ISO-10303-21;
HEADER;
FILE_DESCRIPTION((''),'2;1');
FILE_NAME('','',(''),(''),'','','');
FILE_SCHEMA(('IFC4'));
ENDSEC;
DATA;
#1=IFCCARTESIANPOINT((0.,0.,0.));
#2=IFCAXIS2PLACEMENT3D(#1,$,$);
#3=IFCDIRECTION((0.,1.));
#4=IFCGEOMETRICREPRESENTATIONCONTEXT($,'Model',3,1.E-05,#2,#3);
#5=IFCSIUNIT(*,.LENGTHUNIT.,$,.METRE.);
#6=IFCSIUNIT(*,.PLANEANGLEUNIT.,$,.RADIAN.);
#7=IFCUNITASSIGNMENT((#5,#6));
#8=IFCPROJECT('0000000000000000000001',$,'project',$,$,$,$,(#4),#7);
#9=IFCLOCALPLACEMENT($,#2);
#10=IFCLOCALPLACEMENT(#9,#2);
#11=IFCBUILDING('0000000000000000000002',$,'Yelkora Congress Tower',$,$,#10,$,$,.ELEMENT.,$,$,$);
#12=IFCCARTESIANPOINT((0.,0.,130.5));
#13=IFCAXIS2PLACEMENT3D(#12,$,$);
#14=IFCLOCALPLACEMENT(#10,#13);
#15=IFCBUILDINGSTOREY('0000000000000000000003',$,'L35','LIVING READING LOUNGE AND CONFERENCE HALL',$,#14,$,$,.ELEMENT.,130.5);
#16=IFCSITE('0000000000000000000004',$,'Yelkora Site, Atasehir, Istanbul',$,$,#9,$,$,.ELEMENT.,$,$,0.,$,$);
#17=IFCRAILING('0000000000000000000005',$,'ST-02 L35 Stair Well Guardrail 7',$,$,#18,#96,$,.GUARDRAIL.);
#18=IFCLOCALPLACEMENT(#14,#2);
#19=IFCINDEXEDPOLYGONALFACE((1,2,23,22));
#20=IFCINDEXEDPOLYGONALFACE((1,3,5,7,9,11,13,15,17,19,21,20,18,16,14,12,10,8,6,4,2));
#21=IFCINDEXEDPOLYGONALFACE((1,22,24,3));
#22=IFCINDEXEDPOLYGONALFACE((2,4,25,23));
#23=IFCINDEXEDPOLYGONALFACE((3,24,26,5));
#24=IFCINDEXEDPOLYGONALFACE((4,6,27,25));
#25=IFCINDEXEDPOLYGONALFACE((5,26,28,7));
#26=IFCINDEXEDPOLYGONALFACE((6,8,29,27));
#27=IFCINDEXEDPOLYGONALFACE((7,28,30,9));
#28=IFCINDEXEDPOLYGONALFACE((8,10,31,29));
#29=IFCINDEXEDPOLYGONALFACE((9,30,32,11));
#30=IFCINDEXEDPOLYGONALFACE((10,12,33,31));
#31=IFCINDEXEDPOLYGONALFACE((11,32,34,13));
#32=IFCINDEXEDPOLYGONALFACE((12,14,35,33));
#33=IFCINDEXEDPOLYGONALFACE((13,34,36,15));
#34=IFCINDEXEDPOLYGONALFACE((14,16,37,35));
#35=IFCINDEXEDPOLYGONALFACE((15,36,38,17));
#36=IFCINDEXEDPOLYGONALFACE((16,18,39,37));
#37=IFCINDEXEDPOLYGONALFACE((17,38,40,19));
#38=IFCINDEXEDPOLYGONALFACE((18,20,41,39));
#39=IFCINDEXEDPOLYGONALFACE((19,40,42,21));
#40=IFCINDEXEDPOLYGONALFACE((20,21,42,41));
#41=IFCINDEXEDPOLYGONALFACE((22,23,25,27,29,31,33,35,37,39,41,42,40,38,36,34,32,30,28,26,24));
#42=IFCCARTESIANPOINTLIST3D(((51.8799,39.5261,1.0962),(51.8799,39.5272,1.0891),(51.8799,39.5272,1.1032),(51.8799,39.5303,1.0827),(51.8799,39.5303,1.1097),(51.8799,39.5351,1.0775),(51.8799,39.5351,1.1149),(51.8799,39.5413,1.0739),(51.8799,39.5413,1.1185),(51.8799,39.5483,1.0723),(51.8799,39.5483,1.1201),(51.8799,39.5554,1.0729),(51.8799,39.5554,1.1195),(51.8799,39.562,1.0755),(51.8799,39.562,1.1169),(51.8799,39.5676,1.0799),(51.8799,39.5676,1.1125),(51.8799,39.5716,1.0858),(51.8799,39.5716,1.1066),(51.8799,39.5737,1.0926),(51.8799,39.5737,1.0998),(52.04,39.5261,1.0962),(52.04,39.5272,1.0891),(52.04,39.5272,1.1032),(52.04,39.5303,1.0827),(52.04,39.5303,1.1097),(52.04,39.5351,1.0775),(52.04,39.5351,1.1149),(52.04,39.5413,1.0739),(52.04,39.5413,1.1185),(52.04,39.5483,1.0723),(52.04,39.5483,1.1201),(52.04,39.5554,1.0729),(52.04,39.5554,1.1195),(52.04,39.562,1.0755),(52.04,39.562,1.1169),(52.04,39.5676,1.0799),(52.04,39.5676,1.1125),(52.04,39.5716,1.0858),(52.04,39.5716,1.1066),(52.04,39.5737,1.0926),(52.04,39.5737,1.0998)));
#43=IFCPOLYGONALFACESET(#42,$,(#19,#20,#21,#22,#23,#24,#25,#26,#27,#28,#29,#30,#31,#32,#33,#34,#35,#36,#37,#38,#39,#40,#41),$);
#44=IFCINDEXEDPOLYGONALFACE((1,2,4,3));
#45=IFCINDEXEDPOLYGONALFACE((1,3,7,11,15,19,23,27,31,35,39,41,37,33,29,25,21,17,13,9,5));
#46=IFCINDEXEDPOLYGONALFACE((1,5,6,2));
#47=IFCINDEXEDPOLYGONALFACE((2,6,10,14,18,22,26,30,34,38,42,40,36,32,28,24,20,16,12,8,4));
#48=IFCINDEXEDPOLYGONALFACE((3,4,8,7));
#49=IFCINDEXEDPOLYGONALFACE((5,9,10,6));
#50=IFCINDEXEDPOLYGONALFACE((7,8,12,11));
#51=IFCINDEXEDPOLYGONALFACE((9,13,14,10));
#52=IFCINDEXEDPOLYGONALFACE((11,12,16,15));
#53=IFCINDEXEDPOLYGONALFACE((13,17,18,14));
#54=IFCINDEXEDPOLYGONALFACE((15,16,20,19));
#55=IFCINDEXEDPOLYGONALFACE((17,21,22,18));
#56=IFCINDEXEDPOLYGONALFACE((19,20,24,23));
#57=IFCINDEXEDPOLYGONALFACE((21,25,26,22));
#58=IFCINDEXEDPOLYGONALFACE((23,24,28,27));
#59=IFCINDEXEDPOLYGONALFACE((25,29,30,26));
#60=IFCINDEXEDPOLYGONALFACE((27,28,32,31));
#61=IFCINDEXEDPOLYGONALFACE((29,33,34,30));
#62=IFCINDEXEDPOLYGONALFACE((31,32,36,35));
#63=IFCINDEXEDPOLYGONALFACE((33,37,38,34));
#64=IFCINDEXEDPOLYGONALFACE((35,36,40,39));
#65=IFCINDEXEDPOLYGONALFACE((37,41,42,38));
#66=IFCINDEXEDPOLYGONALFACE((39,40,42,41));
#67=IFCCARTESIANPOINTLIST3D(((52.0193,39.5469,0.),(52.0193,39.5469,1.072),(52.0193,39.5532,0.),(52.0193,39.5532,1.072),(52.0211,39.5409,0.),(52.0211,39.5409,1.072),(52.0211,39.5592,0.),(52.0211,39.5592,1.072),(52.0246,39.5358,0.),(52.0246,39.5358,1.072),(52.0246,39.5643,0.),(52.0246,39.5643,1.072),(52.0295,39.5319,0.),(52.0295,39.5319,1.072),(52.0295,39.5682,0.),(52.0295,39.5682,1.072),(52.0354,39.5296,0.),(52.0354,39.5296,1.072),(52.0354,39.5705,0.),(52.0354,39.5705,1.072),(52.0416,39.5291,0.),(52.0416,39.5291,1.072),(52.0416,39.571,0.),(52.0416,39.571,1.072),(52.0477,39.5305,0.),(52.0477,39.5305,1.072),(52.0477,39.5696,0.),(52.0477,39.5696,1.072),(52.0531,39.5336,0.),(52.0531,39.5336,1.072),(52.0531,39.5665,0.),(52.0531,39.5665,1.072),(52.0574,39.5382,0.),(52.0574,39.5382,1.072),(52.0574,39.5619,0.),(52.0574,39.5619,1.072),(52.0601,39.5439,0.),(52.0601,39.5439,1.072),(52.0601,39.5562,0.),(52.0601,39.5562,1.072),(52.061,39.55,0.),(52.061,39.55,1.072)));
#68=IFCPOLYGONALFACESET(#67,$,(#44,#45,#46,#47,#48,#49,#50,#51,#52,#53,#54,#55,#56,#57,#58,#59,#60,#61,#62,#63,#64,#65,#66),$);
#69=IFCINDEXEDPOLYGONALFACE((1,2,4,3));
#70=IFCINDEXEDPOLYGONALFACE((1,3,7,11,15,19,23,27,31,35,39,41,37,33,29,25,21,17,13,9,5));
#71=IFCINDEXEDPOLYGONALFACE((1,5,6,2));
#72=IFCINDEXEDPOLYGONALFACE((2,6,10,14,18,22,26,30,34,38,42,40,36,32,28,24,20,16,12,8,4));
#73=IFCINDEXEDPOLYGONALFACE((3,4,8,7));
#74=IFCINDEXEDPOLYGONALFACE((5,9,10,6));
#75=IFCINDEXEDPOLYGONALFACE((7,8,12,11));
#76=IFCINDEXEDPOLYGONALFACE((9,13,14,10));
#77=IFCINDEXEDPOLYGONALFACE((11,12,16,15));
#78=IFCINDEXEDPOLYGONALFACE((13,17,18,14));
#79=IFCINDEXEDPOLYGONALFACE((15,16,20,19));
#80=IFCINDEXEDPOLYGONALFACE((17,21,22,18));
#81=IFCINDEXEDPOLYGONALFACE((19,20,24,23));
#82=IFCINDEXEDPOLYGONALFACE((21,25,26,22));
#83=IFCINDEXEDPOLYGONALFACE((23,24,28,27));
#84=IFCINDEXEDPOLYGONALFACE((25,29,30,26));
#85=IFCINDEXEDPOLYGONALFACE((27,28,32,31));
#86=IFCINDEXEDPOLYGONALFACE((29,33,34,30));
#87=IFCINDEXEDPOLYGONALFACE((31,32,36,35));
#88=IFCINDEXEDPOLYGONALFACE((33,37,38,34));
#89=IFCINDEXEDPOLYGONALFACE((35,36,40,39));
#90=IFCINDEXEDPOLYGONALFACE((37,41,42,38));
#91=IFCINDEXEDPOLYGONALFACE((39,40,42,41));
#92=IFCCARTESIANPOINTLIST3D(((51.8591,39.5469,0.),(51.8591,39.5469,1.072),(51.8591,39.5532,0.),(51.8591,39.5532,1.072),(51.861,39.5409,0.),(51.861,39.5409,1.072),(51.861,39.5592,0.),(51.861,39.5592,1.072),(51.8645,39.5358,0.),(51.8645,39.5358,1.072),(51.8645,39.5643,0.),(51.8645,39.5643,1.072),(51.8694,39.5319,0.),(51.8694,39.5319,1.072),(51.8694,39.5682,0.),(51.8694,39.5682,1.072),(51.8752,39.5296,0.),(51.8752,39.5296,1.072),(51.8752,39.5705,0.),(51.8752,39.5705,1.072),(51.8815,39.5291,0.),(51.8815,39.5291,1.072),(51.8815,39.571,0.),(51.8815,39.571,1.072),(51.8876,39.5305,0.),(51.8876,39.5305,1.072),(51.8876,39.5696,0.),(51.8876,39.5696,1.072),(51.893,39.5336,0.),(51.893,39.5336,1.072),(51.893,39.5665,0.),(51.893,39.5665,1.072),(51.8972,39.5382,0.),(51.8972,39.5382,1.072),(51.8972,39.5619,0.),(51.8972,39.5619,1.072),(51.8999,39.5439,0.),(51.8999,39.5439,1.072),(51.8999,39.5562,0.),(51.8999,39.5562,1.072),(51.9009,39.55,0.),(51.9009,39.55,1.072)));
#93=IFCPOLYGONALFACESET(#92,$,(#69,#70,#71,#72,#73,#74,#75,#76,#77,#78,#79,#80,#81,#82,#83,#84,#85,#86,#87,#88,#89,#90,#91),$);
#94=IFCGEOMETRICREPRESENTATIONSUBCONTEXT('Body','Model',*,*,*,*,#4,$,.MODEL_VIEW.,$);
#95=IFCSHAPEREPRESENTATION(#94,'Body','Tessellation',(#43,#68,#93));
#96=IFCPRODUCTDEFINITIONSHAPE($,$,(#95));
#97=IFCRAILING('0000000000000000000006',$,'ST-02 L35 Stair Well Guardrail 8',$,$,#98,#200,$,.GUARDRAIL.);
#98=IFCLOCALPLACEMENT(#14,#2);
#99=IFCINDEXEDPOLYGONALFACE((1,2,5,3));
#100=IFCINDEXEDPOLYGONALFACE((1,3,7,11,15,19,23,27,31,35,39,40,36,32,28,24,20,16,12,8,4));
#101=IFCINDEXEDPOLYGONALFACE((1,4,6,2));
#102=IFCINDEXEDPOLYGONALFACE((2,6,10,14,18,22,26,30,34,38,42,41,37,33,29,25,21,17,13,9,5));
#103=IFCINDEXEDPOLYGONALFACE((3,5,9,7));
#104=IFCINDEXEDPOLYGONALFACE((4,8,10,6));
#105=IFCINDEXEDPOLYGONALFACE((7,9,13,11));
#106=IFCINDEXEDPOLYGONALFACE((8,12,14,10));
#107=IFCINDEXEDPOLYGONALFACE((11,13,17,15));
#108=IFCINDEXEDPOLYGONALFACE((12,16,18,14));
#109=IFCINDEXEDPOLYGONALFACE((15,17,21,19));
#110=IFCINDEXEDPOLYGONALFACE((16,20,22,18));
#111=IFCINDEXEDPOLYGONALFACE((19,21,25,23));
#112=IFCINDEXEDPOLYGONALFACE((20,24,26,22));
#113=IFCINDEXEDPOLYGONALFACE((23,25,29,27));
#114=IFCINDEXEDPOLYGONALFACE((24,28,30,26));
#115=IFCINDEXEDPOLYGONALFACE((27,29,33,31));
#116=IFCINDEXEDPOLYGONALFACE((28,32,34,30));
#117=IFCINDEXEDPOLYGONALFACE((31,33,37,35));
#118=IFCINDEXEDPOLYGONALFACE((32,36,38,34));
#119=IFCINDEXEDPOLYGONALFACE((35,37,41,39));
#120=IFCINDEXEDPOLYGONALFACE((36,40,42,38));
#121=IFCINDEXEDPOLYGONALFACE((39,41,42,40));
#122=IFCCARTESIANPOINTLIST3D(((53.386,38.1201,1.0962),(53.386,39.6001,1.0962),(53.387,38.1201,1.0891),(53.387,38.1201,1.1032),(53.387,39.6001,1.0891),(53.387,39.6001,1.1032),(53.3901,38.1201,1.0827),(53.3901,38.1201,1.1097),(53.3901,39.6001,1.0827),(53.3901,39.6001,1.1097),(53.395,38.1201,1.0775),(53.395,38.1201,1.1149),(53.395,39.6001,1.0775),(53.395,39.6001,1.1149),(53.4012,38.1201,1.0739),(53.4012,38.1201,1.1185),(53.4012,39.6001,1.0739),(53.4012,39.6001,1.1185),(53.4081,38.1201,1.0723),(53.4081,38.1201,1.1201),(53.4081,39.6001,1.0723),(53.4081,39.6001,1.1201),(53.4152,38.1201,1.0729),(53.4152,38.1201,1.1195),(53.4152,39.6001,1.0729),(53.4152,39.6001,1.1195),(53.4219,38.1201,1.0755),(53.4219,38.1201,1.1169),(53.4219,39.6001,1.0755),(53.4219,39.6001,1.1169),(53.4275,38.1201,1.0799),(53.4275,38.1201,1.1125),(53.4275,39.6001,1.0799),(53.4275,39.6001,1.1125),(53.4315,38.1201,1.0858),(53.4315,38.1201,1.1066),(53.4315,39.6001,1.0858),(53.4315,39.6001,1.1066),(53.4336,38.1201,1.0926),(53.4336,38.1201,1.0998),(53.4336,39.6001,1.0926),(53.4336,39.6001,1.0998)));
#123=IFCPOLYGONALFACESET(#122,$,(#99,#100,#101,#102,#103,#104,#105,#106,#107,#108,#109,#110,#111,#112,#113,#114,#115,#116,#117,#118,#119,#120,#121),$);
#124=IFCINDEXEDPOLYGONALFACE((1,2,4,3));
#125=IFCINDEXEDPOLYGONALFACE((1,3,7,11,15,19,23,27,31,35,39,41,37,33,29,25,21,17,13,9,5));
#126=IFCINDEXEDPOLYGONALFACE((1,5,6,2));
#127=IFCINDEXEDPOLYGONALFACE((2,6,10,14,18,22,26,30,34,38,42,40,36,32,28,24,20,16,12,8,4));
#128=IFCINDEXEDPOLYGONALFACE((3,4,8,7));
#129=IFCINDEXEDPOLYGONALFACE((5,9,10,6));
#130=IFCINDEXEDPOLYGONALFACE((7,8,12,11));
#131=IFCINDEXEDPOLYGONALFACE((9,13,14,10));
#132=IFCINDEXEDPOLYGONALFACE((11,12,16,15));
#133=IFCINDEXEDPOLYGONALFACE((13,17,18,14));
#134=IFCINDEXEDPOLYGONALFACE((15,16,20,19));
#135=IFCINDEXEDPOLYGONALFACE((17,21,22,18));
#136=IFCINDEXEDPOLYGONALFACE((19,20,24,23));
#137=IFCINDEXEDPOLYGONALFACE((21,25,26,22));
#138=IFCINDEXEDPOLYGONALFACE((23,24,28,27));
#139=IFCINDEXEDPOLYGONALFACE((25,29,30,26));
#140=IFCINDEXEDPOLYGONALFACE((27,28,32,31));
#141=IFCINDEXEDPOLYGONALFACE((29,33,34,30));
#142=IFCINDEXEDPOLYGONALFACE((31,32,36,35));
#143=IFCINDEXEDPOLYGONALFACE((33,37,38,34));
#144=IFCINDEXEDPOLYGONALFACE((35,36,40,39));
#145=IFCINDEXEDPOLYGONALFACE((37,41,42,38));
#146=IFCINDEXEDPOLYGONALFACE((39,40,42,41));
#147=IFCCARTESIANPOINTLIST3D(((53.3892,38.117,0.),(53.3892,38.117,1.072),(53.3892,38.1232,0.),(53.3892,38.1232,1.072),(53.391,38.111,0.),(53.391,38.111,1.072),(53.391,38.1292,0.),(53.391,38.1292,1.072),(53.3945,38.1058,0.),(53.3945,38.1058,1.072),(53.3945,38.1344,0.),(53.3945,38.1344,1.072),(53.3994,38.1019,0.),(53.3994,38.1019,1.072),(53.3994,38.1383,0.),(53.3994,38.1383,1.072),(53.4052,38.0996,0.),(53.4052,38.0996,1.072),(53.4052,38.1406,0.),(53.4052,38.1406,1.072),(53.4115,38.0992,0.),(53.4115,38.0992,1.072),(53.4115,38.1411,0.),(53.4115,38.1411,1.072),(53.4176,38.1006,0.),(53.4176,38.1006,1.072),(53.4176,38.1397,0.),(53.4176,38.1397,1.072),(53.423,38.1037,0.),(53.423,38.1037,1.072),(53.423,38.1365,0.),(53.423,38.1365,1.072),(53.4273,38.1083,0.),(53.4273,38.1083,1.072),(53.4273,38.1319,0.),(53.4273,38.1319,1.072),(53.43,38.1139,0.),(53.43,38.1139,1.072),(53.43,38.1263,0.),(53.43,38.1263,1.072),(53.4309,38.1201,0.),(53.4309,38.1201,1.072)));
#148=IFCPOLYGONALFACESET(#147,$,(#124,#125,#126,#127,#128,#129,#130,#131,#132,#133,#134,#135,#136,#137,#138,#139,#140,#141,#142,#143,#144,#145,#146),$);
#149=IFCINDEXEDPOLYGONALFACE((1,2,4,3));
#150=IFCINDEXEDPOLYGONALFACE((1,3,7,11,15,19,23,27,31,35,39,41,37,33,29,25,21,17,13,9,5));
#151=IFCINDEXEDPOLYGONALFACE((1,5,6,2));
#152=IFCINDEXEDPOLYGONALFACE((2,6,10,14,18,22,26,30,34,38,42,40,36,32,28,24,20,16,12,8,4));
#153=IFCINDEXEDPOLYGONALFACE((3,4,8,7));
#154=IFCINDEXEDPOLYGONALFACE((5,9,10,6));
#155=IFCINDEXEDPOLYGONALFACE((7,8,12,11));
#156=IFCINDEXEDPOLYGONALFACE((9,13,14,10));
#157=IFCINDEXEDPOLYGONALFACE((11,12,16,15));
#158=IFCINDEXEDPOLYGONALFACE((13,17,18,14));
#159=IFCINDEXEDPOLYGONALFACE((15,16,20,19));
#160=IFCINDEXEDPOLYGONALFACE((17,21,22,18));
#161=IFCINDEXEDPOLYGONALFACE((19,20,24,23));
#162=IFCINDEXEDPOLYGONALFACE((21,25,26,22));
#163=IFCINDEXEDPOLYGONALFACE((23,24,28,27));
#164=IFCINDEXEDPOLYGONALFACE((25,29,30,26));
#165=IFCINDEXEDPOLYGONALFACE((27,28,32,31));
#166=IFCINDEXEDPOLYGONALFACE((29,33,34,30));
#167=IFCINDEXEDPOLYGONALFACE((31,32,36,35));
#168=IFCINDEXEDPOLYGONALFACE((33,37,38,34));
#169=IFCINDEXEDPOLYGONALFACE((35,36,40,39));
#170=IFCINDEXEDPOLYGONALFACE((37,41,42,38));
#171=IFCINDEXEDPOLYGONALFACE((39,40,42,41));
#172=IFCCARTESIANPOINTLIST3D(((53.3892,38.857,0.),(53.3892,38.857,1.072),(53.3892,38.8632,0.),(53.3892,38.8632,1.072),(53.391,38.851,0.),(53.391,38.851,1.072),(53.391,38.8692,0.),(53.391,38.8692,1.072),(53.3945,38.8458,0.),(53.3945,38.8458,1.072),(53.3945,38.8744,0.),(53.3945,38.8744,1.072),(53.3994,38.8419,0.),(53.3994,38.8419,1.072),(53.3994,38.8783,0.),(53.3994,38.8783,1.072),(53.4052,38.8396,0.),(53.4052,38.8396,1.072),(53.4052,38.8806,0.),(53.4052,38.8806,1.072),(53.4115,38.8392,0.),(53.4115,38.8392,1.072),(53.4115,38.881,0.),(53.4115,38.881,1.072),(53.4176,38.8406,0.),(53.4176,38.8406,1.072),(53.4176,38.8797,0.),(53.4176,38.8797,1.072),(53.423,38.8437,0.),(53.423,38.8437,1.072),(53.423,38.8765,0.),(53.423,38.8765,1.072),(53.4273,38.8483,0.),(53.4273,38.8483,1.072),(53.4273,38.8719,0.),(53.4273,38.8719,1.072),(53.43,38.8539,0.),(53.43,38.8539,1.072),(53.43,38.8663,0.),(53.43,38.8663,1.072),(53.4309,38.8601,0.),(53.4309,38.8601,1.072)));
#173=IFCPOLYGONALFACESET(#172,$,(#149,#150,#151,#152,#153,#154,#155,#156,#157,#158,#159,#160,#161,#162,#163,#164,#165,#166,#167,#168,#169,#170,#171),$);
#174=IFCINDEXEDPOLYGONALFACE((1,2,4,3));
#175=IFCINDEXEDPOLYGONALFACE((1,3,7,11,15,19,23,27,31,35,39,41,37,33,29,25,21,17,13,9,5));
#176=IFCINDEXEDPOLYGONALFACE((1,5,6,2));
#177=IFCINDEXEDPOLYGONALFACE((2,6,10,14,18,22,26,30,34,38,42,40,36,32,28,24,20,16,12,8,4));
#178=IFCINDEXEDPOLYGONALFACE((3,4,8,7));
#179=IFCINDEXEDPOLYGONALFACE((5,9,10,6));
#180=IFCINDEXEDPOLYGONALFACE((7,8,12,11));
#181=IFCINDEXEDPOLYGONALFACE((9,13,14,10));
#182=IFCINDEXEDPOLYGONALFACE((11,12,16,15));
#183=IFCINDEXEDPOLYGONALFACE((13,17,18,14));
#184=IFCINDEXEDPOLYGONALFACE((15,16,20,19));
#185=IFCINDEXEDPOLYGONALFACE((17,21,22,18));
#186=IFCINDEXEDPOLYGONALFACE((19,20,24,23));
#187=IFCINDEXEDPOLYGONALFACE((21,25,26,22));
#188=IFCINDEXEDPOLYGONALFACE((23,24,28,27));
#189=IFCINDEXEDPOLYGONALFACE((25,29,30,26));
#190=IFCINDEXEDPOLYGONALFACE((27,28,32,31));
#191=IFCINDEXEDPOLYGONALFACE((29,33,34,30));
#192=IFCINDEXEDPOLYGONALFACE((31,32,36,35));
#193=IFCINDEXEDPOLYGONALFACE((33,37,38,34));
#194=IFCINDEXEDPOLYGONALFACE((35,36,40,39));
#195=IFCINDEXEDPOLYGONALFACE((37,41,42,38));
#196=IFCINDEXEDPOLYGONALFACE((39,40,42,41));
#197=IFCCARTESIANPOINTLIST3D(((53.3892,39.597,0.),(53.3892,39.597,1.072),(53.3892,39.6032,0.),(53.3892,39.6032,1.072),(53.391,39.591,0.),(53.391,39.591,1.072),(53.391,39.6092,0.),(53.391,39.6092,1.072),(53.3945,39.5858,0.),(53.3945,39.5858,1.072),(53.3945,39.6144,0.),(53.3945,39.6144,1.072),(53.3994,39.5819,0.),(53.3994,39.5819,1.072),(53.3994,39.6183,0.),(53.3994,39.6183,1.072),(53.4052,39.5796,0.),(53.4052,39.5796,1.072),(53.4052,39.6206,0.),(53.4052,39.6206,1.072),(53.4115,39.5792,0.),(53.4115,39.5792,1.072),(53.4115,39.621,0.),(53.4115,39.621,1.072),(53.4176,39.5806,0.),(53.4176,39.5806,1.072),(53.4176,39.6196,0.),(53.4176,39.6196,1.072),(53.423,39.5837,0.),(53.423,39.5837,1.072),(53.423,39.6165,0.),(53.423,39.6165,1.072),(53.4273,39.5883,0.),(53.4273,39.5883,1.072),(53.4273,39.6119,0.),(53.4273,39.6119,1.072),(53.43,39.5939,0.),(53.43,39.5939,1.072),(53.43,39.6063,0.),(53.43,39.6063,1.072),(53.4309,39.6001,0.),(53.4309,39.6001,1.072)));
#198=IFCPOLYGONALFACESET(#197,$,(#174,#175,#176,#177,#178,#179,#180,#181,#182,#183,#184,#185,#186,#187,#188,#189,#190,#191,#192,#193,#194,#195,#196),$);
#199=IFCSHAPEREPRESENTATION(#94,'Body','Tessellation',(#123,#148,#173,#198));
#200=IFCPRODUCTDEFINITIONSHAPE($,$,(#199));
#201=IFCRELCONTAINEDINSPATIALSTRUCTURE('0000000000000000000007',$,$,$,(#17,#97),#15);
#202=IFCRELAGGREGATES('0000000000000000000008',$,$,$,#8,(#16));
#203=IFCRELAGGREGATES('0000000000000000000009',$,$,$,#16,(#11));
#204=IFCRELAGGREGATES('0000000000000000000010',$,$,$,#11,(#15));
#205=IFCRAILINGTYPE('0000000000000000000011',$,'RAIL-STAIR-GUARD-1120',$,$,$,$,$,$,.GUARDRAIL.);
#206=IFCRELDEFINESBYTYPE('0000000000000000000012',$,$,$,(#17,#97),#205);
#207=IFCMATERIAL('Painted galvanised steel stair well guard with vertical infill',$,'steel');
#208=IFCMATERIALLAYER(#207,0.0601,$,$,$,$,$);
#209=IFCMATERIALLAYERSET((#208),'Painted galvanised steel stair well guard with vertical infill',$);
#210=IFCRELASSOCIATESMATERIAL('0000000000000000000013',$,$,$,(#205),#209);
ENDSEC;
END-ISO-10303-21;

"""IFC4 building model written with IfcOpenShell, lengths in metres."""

from ifc_helpers import new_model, si_unit, direction, frame, origin, origin_2d, place, context, subcontext, project, spatial, circle, extrude, material, layer, layer_set, type_object, element, save


model = new_model("IFC4")

# Units and contexts
model_context = context("Model", 3, precision=1e-05, world=origin(), true_north=direction((0.0, 1.0)))
body_context = subcontext(model_context, "Body", "Model", "MODEL_VIEW")
ifc_project = project(units=[si_unit("LENGTHUNIT", "METRE"), si_unit("PLANEANGLEUNIT", "RADIAN")], contexts=[model_context])

# Site, building, storey
site_placement = place(None, origin())
site = spatial("IfcSite", under=ifc_project, at=site_placement, Name="Yelkora Site, Atasehir, Istanbul", CompositionType="ELEMENT", RefElevation=0.0)
building_placement = place(site_placement, origin())
building = spatial("IfcBuilding", under=site, at=building_placement, Name="Yelkora Congress Tower", CompositionType="ELEMENT")
storey_placement = place(building_placement, frame((0.0, 0.0, 130.5)))
storey = spatial("IfcBuildingStorey", under=building, at=storey_placement, Name="L35", Description="LIVING READING LOUNGE AND CONFERENCE HALL", CompositionType="ELEMENT", Elevation=130.5)

# Railings
ifc_material_1 = material(Name="Painted galvanised steel stair well guard with vertical infill", Category="steel")
ifc_layer_1 = layer(ifc_material_1, 0.0601)
ifc_layer_set_1 = layer_set([ifc_layer_1], Name="Painted galvanised steel stair well guard with vertical infill")
railing_type_1 = type_object("IfcRailingType", Name="RAIL-STAIR-GUARD-1120", PredefinedType="GUARDRAIL", material=ifc_layer_set_1)
railing_1_placement = place(storey_placement, frame((52.04, 39.55, 0.0)))
element("IfcRailing", 1, at=railing_1_placement, inside=storey, type_object=railing_type_1, Name="ST-02 L35 Stair Well Guardrail 7", PredefinedType="GUARDRAIL", context=body_context, shape_type="SweptSolid", body=[
    extrude(circle(Radius=0.0239, at=origin_2d()), frame((0.0, 0.0, 1.0962), z_axis=(-1.0, 0.0, 0.0), x_axis=(0.0, -1.0, 0.0)), (0.0, 0.0, 1.0), 0.1602),
    extrude(circle(Radius=0.021, at=origin_2d()), origin(), (0.0, 0.0, 1.0), 1.072),
    extrude(circle(Radius=0.021, at=origin_2d()), frame((-0.1602, 0.0, 0.0)), (0.0, 0.0, 1.0), 1.072),
])
for number, where, name in (
    (2, (53.4099, 38.1201, 0.0), "ST-02 L35 Stair Well Guardrail 8"),
):
    element("IfcRailing", number, at=place(storey_placement, frame(where)), inside=storey, type_object=railing_type_1, Name=name, PredefinedType="GUARDRAIL", context=body_context, shape_type="SweptSolid", body=[
        extrude(circle(Radius=0.0239, at=origin_2d()), frame((0.0, 0.0, 1.0962), z_axis=(0.0, 1.0, 0.0), x_axis=(-1.0, 0.0, 0.0)), (0.0, 0.0, 1.0), 1.48),
        extrude(circle(Radius=0.021, at=origin_2d()), origin(), (0.0, 0.0, 1.0), 1.072),
        extrude(circle(Radius=0.021, at=origin_2d()), frame((0.0, 0.74, 0.0)), (0.0, 0.0, 1.0), 1.072),
        extrude(circle(Radius=0.021, at=origin_2d()), frame((0.0, 1.48, 0.0)), (0.0, 0.0, 1.0), 1.072),
    ])

save(model, "model.ifc")
